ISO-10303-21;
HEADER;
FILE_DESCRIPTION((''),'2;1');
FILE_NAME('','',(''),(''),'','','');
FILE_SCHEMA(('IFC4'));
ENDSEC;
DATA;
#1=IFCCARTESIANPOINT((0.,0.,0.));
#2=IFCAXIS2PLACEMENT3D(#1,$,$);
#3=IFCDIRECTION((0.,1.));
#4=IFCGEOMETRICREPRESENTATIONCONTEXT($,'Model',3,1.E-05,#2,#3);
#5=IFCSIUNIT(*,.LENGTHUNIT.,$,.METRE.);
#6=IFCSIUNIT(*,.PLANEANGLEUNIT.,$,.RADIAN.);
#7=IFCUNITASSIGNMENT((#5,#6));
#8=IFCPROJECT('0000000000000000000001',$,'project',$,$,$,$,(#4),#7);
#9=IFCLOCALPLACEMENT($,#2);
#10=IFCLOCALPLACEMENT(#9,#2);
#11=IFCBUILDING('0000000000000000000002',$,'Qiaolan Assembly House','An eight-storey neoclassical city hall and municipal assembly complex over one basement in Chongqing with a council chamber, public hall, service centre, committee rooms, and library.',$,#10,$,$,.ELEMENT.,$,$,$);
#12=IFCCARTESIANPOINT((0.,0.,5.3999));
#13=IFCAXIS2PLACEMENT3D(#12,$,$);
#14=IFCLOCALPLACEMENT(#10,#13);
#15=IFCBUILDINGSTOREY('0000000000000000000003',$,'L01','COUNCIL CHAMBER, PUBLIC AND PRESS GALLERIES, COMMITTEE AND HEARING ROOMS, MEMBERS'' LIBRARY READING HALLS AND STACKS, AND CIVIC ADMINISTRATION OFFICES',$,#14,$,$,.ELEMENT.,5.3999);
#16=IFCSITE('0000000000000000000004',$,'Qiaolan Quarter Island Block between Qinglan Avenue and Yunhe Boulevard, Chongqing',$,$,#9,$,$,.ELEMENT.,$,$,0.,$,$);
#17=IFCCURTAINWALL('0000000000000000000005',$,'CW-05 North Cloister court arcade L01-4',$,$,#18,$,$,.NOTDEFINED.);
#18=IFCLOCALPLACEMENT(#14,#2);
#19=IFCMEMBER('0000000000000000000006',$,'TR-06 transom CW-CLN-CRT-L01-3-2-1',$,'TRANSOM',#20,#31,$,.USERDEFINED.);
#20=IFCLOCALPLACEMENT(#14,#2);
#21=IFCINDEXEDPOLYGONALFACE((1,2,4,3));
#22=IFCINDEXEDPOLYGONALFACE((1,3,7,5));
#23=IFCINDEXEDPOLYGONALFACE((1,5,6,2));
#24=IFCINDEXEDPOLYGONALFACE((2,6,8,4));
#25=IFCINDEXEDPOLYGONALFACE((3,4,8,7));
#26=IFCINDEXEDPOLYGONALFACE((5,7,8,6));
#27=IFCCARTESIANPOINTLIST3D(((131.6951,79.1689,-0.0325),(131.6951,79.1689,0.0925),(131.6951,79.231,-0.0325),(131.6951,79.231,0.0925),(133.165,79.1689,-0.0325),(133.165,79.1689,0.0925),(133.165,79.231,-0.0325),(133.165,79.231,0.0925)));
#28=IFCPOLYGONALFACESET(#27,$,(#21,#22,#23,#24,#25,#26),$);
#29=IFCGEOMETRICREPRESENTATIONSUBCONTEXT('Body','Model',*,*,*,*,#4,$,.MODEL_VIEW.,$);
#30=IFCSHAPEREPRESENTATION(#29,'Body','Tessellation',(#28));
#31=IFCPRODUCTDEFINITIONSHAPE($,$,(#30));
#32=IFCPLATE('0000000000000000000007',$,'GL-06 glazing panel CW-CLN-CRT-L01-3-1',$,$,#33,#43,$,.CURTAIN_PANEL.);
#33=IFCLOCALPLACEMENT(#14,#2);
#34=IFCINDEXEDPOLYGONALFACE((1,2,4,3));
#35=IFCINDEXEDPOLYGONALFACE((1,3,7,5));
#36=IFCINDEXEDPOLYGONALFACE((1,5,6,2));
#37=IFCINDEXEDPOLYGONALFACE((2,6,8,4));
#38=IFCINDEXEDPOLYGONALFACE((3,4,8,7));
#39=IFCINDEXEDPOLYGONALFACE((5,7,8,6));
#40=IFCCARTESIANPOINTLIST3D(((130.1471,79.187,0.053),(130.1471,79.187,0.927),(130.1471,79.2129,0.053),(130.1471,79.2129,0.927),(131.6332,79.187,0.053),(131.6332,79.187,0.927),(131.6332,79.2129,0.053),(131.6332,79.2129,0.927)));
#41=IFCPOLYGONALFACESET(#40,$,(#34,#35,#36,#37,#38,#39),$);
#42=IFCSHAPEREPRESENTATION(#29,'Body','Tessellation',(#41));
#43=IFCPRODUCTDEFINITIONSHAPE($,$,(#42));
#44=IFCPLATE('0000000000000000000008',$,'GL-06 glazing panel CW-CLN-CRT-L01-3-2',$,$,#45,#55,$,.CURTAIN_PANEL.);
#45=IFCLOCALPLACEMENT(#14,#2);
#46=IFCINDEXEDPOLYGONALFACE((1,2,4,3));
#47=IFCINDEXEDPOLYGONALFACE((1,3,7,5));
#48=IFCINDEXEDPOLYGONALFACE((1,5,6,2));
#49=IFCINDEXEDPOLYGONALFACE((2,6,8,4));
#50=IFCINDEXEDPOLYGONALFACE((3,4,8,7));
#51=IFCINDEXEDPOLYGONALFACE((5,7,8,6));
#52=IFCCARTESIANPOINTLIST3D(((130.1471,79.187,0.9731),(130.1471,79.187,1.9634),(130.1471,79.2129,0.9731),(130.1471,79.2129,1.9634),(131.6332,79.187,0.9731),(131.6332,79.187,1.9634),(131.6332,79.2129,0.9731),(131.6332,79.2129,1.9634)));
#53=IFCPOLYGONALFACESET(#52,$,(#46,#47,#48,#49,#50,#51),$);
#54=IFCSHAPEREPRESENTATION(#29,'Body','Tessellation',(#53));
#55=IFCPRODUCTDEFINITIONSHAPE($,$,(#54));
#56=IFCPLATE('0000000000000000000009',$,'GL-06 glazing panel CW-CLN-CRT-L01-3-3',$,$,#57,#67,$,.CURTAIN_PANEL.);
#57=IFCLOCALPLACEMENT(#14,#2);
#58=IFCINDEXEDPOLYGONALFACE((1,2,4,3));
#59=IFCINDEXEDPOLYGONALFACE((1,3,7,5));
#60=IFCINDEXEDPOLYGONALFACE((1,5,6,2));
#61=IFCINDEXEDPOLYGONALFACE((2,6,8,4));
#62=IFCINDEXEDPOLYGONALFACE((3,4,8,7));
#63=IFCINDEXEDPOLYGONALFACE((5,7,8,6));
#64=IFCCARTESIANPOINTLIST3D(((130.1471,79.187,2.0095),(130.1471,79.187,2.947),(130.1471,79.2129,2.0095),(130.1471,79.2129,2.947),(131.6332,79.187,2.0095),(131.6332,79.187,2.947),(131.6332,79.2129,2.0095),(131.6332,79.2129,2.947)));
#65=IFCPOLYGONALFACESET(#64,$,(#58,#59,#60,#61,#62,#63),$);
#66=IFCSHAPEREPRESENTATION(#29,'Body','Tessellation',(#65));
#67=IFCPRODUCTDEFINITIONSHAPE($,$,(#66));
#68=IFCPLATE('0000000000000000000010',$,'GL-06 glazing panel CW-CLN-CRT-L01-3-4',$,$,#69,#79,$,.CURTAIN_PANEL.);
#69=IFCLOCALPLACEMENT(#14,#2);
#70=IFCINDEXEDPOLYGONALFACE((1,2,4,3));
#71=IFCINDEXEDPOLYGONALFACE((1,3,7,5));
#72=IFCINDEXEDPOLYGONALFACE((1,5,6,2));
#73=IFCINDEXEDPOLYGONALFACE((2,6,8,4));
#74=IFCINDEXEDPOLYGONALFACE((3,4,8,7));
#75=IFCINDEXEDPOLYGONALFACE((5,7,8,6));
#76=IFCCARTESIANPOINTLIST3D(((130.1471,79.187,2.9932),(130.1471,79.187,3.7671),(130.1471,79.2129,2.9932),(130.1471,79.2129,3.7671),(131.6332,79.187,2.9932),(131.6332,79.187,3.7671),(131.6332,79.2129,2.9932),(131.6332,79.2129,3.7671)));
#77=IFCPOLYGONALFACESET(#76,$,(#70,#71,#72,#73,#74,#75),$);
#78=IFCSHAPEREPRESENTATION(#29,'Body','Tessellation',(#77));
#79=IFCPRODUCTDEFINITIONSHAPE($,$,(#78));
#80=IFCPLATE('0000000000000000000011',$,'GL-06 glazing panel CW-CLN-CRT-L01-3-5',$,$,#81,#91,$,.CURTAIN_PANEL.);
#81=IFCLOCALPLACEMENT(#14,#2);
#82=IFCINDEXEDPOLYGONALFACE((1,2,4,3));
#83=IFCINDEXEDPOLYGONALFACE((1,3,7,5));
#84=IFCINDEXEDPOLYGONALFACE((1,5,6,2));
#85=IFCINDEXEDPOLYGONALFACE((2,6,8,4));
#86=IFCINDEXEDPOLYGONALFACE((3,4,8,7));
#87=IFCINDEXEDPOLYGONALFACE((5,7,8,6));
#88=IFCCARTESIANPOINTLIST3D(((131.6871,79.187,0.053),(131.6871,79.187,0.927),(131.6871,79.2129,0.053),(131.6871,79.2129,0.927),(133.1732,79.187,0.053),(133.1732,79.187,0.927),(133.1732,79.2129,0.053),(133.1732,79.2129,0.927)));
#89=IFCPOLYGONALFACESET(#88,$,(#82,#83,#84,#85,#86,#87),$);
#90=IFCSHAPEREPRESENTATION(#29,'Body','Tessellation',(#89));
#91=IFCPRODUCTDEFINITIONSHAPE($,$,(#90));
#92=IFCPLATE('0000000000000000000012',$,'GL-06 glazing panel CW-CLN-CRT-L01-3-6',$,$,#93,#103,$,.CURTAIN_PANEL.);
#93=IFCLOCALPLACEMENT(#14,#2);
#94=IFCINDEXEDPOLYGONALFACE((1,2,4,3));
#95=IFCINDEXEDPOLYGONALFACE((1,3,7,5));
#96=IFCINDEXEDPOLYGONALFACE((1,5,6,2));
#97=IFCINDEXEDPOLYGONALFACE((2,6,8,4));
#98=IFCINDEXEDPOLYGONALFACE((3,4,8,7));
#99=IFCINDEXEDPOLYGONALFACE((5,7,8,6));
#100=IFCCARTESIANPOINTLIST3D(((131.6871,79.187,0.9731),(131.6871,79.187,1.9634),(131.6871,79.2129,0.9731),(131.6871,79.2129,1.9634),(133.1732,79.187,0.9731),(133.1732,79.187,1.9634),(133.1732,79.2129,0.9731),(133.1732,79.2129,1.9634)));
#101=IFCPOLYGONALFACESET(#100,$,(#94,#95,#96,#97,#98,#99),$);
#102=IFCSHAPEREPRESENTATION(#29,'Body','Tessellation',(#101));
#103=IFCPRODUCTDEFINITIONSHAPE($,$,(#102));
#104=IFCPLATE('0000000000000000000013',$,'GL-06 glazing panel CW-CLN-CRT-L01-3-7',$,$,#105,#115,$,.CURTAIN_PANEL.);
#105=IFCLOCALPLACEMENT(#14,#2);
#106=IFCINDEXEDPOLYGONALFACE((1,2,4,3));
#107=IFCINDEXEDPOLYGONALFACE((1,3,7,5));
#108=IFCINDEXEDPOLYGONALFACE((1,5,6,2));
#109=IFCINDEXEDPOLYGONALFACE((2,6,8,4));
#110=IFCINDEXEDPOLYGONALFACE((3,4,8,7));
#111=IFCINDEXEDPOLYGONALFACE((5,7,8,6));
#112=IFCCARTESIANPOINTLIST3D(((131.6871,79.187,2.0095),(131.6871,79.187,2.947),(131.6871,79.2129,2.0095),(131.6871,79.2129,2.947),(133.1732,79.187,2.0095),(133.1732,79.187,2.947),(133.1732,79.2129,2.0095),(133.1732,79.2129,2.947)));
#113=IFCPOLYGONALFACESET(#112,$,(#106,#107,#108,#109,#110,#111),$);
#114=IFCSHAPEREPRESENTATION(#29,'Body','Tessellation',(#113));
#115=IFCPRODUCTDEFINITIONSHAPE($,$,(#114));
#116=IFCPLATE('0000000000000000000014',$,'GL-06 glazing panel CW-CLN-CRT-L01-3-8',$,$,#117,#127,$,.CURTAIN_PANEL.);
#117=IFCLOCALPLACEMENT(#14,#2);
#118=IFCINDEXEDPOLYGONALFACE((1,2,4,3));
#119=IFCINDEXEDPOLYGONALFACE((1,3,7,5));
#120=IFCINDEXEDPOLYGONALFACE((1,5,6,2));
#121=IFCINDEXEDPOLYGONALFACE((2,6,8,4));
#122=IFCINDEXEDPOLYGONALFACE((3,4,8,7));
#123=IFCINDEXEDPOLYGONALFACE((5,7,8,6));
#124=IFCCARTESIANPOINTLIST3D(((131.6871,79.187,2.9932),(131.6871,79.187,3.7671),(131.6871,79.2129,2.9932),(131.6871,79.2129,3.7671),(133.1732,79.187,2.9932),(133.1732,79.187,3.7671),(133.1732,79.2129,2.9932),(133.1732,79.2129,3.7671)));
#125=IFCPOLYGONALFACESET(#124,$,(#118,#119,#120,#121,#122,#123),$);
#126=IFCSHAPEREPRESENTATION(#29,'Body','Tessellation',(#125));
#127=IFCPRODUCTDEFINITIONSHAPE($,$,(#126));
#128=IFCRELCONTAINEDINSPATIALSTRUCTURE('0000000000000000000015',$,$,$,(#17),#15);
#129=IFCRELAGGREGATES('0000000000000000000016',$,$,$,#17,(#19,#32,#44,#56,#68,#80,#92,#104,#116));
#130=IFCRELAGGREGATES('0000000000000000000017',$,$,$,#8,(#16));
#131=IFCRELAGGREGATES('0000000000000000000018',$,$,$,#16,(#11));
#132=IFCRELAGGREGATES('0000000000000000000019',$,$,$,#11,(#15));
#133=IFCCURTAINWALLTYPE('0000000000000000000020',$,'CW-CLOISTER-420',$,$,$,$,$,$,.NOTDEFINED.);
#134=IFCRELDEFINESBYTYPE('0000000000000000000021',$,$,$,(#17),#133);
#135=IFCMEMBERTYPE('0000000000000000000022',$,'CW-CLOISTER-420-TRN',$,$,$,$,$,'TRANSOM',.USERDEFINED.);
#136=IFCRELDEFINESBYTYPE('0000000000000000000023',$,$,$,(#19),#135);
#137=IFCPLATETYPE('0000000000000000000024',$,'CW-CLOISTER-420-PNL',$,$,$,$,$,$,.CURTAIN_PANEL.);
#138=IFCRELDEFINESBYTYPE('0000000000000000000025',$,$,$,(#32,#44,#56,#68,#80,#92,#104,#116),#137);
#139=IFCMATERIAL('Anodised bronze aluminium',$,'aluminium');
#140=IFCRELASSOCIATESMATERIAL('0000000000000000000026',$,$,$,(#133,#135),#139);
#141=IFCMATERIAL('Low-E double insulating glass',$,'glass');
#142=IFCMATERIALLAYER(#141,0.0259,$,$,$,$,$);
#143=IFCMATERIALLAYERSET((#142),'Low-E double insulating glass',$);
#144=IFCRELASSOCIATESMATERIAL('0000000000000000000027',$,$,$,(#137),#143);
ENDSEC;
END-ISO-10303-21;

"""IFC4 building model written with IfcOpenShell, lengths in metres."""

from ifc_helpers import new_model, si_unit, direction, frame, frame_2d, origin, origin_2d, place, context, subcontext, project, spatial, rectangle, extrude, material, layer, layer_set, material_profile, profile_set, type_object, element, aggregate, save


model = new_model("IFC4")

# Units and contexts
model_context = context("Model", 3, precision=1e-05, world=origin(), true_north=direction((0.0, 1.0)))
body_context = subcontext(model_context, "Body", "Model", "MODEL_VIEW")
ifc_project = project(units=[si_unit("LENGTHUNIT", "METRE"), si_unit("PLANEANGLEUNIT", "RADIAN")], contexts=[model_context])

# Site, building, storey
site_placement = place(None, origin())
site = spatial("IfcSite", under=ifc_project, at=site_placement, Name="Qiaolan Quarter Island Block between Qinglan Avenue and Yunhe Boulevard, Chongqing", CompositionType="ELEMENT", RefElevation=0.0)
building_placement = place(site_placement, origin())
building = spatial("IfcBuilding", under=site, at=building_placement, Name="Qiaolan Assembly House", Description="An eight-storey neoclassical city hall and municipal assembly complex over one basement in Chongqing with a council chamber, public hall, service centre, committee rooms, and library.", CompositionType="ELEMENT")
storey_placement = place(building_placement, frame((0.0, 0.0, 5.3999)))
storey = spatial("IfcBuildingStorey", under=building, at=storey_placement, Name="L01", Description="COUNCIL CHAMBER, PUBLIC AND PRESS GALLERIES, COMMITTEE AND HEARING ROOMS, MEMBERS' LIBRARY READING HALLS AND STACKS, AND CIVIC ADMINISTRATION OFFICES", CompositionType="ELEMENT", Elevation=5.3999)

# Shared definitions
ifc_material_1 = material(Name="Anodised bronze aluminium", Category="aluminium")
curtain_wall_type = type_object("IfcCurtainWallType", Name="CW-CLOISTER-420", PredefinedType="NOTDEFINED", material=ifc_material_1)

# Curtain wall
curtain_wall_1_placement = place(storey_placement, origin())
curtain_wall_1 = element("IfcCurtainWall", 1, at=curtain_wall_1_placement, inside=storey, type_object=curtain_wall_type, Name="CW-05 North Cloister court arcade L01-4", PredefinedType="NOTDEFINED")

# Member
ifc_material_profile_1 = material_profile(ifc_material_1, rectangle(XDim=0.062, YDim=0.125, at=origin_2d()), Name="TRN 62x125")
ifc_profile_set_1 = profile_set([ifc_material_profile_1], Name="Anodised bronze aluminium")
member_type_1 = type_object("IfcMemberType", Name="CW-CLOISTER-420-TRN", ElementType="TRANSOM", PredefinedType="USERDEFINED", material=ifc_profile_set_1)
member_1_placement = place(storey_placement, frame((131.6951, 79.2, 0.03), z_axis=(1.0, 0.0, 0.0), x_axis=(0.0, 1.0, 0.0)))
member_1 = element("IfcMember", 2, at=member_1_placement, type_object=member_type_1, Name="TR-06 transom CW-CLN-CRT-L01-3-2-1", ObjectType="TRANSOM", PredefinedType="USERDEFINED", context=body_context, shape_type="SweptSolid", body=[
    extrude(rectangle(XDim=0.062, YDim=0.125, at=origin_2d()), origin(), (0.0, 0.0, 1.0), 1.47),
])

# Plates
ifc_material_2 = material(Name="Low-E double insulating glass", Category="glass")
ifc_layer = layer(ifc_material_2, 0.0259)
ifc_layer_set = layer_set([ifc_layer], Name="Low-E double insulating glass")
plate_type = type_object("IfcPlateType", Name="CW-CLOISTER-420-PNL", PredefinedType="CURTAIN_PANEL", material=ifc_layer_set)
plate_1_placement = place(storey_placement, frame((130.147, 79.2, 0.053), z_axis=(0.0, 0.0, 1.0), x_axis=(1.0, 0.0, 0.0)))
plate_1 = element("IfcPlate", 3, at=plate_1_placement, type_object=plate_type, Name="GL-06 glazing panel CW-CLN-CRT-L01-3-1", PredefinedType="CURTAIN_PANEL", context=body_context, shape_type="SweptSolid", body=[
    extrude(rectangle(XDim=1.4861, YDim=0.0259, at=frame_2d((0.7432, 0.0))), origin(), (0.0, 0.0, 1.0), 0.874),
])
plate_2_placement = place(storey_placement, frame((130.147, 79.2, 0.9731), z_axis=(0.0, 0.0, 1.0), x_axis=(1.0, 0.0, 0.0)))
plate_2 = element("IfcPlate", 4, at=plate_2_placement, type_object=plate_type, Name="GL-06 glazing panel CW-CLN-CRT-L01-3-2", PredefinedType="CURTAIN_PANEL", context=body_context, shape_type="SweptSolid", body=[
    extrude(rectangle(XDim=1.4861, YDim=0.0259, at=frame_2d((0.7432, 0.0))), origin(), (0.0, 0.0, 1.0), 0.9902),
])
plate_3_placement = place(storey_placement, frame((130.147, 79.2, 2.0095), z_axis=(0.0, 0.0, 1.0), x_axis=(1.0, 0.0, 0.0)))
plate_3 = element("IfcPlate", 5, at=plate_3_placement, type_object=plate_type, Name="GL-06 glazing panel CW-CLN-CRT-L01-3-3", PredefinedType="CURTAIN_PANEL", context=body_context, shape_type="SweptSolid", body=[
    extrude(rectangle(XDim=1.4861, YDim=0.0259, at=frame_2d((0.7432, 0.0))), origin(), (0.0, 0.0, 1.0), 0.9375),
])
plate_4_placement = place(storey_placement, frame((130.147, 79.2, 2.9932), z_axis=(0.0, 0.0, 1.0), x_axis=(1.0, 0.0, 0.0)))
plate_4 = element("IfcPlate", 6, at=plate_4_placement, type_object=plate_type, Name="GL-06 glazing panel CW-CLN-CRT-L01-3-4", PredefinedType="CURTAIN_PANEL", context=body_context, shape_type="SweptSolid", body=[
    extrude(rectangle(XDim=1.4861, YDim=0.0259, at=frame_2d((0.7432, 0.0))), origin(), (0.0, 0.0, 1.0), 0.7739),
])
plate_5_placement = place(storey_placement, frame((131.687, 79.2, 0.053), z_axis=(0.0, 0.0, 1.0), x_axis=(1.0, 0.0, 0.0)))
plate_5 = element("IfcPlate", 7, at=plate_5_placement, type_object=plate_type, Name="GL-06 glazing panel CW-CLN-CRT-L01-3-5", PredefinedType="CURTAIN_PANEL", context=body_context, shape_type="SweptSolid", body=[
    extrude(rectangle(XDim=1.4861, YDim=0.0259, at=frame_2d((0.7432, 0.0))), origin(), (0.0, 0.0, 1.0), 0.874),
])
plate_6_placement = place(storey_placement, frame((131.687, 79.2, 0.9731), z_axis=(0.0, 0.0, 1.0), x_axis=(1.0, 0.0, 0.0)))
plate_6 = element("IfcPlate", 8, at=plate_6_placement, type_object=plate_type, Name="GL-06 glazing panel CW-CLN-CRT-L01-3-6", PredefinedType="CURTAIN_PANEL", context=body_context, shape_type="SweptSolid", body=[
    extrude(rectangle(XDim=1.4861, YDim=0.0259, at=frame_2d((0.7432, 0.0))), origin(), (0.0, 0.0, 1.0), 0.9902),
])
plate_7_placement = place(storey_placement, frame((131.687, 79.2, 2.0095), z_axis=(0.0, 0.0, 1.0), x_axis=(1.0, 0.0, 0.0)))
plate_7 = element("IfcPlate", 9, at=plate_7_placement, type_object=plate_type, Name="GL-06 glazing panel CW-CLN-CRT-L01-3-7", PredefinedType="CURTAIN_PANEL", context=body_context, shape_type="SweptSolid", body=[
    extrude(rectangle(XDim=1.4861, YDim=0.0259, at=frame_2d((0.7432, 0.0))), origin(), (0.0, 0.0, 1.0), 0.9375),
])
plate_8_placement = place(storey_placement, frame((131.687, 79.2, 2.9932), z_axis=(0.0, 0.0, 1.0), x_axis=(1.0, 0.0, 0.0)))
plate_8 = element("IfcPlate", 10, at=plate_8_placement, type_object=plate_type, Name="GL-06 glazing panel CW-CLN-CRT-L01-3-8", PredefinedType="CURTAIN_PANEL", context=body_context, shape_type="SweptSolid", body=[
    extrude(rectangle(XDim=1.4861, YDim=0.0259, at=frame_2d((0.7432, 0.0))), origin(), (0.0, 0.0, 1.0), 0.7739),
])
aggregate(curtain_wall_1, [member_1, plate_1, plate_2, plate_3, plate_4, plate_5, plate_6, plate_7, plate_8])

save(model, "model.ifc")
